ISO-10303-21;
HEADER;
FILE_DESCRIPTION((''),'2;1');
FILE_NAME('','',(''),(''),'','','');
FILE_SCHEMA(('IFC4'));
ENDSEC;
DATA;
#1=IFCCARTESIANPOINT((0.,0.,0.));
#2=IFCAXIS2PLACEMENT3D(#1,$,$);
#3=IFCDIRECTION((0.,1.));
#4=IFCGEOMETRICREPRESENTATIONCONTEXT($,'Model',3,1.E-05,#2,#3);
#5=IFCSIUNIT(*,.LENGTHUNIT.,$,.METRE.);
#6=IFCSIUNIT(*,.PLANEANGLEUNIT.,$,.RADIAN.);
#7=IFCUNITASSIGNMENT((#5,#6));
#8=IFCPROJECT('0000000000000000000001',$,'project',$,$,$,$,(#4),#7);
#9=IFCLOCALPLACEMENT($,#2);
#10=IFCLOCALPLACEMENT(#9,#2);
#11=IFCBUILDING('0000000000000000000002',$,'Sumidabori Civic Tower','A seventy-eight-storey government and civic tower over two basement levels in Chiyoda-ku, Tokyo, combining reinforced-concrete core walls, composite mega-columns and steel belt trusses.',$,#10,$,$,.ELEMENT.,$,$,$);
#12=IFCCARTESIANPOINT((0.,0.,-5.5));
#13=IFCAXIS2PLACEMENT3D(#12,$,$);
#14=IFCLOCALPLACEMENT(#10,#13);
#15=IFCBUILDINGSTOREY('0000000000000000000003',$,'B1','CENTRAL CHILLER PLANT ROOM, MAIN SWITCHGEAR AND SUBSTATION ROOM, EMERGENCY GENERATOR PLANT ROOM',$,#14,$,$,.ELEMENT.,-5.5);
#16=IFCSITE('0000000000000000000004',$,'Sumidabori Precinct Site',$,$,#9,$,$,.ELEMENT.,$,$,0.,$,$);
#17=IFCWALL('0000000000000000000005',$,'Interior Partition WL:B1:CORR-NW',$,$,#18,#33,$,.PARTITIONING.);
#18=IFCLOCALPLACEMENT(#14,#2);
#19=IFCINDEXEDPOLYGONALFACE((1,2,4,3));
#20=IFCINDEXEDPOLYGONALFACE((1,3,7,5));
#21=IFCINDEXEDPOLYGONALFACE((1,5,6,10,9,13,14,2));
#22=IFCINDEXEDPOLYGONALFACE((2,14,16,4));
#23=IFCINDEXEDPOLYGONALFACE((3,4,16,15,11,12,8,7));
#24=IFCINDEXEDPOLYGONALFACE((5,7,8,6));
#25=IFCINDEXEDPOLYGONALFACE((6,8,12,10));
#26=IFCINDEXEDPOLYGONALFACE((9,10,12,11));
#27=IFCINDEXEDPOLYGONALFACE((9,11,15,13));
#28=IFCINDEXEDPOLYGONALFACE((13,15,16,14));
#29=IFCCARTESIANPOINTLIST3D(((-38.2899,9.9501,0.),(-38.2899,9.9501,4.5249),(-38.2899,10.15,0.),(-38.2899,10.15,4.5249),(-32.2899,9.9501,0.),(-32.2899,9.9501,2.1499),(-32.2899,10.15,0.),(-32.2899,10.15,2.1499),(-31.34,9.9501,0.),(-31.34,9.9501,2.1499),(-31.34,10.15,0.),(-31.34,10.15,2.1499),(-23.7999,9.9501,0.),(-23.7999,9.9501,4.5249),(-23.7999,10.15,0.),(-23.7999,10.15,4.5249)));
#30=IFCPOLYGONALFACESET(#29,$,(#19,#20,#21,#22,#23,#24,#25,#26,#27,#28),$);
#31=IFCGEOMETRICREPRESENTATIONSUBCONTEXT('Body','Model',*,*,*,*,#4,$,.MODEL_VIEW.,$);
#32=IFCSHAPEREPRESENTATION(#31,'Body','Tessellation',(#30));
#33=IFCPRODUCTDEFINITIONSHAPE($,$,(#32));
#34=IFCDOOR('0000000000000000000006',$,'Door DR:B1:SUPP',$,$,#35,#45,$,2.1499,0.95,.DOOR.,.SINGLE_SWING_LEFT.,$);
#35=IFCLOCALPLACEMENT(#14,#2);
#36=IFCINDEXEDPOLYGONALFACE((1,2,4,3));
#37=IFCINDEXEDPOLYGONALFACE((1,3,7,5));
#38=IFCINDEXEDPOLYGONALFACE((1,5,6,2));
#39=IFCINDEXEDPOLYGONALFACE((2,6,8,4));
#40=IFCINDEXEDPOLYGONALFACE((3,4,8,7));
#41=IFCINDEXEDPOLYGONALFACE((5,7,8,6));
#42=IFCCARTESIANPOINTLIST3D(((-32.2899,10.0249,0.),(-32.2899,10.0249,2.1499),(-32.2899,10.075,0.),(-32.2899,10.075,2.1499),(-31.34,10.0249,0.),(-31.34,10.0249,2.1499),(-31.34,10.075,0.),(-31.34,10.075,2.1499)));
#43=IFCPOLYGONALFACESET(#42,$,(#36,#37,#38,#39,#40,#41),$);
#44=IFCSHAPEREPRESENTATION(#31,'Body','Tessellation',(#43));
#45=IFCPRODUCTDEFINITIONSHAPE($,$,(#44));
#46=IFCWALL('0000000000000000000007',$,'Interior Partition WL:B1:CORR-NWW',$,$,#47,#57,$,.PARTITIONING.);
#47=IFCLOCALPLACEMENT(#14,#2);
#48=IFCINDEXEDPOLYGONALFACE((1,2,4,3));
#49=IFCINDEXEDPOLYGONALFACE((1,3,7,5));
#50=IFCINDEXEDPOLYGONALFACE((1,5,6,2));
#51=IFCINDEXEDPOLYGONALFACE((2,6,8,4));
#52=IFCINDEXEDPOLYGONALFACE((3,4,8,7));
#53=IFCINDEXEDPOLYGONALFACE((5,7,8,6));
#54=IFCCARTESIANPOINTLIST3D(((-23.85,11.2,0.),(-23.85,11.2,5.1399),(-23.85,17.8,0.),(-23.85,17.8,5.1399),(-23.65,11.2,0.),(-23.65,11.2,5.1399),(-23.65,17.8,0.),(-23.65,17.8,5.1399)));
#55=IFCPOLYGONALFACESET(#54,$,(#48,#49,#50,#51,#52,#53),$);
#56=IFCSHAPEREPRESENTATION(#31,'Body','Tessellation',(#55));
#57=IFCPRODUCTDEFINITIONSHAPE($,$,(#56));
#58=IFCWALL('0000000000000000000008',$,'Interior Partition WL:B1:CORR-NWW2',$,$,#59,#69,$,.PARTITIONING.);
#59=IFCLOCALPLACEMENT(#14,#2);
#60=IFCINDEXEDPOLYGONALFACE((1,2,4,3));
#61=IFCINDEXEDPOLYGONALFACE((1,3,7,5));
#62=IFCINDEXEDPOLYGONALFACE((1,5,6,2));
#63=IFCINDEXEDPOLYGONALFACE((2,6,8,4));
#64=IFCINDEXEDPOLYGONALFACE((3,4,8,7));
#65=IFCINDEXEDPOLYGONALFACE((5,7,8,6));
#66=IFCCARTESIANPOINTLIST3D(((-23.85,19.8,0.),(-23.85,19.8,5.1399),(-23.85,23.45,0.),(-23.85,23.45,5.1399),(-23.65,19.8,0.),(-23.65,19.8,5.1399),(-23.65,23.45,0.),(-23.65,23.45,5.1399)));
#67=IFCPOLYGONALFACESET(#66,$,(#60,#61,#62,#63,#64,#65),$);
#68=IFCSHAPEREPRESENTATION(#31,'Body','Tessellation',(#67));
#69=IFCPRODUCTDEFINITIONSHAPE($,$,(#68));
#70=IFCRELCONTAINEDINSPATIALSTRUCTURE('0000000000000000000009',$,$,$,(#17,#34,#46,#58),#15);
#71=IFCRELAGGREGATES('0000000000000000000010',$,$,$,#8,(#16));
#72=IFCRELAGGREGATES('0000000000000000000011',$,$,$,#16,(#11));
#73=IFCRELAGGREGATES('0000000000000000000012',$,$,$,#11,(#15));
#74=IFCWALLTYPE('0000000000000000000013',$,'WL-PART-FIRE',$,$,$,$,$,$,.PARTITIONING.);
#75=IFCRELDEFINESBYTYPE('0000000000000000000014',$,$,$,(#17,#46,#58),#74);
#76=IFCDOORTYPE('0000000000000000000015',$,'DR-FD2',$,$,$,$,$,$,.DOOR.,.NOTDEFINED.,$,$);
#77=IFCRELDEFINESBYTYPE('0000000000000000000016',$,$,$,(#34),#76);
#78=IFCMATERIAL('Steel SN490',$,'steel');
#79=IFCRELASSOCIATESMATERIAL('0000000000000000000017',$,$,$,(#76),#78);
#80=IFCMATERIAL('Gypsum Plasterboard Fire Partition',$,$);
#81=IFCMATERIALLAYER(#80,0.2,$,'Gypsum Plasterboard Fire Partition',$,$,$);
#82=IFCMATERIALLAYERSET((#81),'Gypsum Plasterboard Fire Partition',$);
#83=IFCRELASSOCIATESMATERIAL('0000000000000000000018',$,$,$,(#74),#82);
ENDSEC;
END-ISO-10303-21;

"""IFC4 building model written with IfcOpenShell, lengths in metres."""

from ifc_helpers import new_model, si_unit, direction, frame, frame_2d, origin, place, context, subcontext, project, spatial, rectangle, extrude, source, transform, mapped, material, layer, layer_set, type_object, element, fill, save


model = new_model("IFC4")

# Units and contexts
model_context = context("Model", 3, precision=1e-05, world=origin(), true_north=direction((0.0, 1.0)))
body_context = subcontext(model_context, "Body", "Model", "MODEL_VIEW")
ifc_project = project(units=[si_unit("LENGTHUNIT", "METRE"), si_unit("PLANEANGLEUNIT", "RADIAN")], contexts=[model_context])

# Site, building, storey
site_placement = place(None, origin())
site = spatial("IfcSite", under=ifc_project, at=site_placement, Name="Sumidabori Precinct Site", CompositionType="ELEMENT", RefElevation=0.0)
building_placement = place(site_placement, origin())
building = spatial("IfcBuilding", under=site, at=building_placement, Name="Sumidabori Civic Tower", Description="A seventy-eight-storey government and civic tower over two basement levels in Chiyoda-ku, Tokyo, combining reinforced-concrete core walls, composite mega-columns and steel belt trusses.", CompositionType="ELEMENT")
storey_placement = place(building_placement, frame((0.0, 0.0, -5.5)))
storey = spatial("IfcBuildingStorey", under=building, at=storey_placement, Name="B1", Description="CENTRAL CHILLER PLANT ROOM, MAIN SWITCHGEAR AND SUBSTATION ROOM, EMERGENCY GENERATOR PLANT ROOM", CompositionType="ELEMENT", Elevation=-5.5)

# Shared definitions
ifc_material_1 = material(Name="Steel SN490", Category="steel")

# Shared definitions
door_type_1 = type_object("IfcDoorType", Name="DR-FD2", OperationType="NOTDEFINED", PredefinedType="DOOR", material=ifc_material_1)
shared_shape_1 = source(origin(), body_context, "Body", "SweptSolid", [
    extrude(rectangle(XDim=0.95, YDim=2.1499, at=frame_2d((0.4751, 1.075))), frame((0.0, 0.0249, 0.0), z_axis=(0.0, -1.0, 0.0), x_axis=(1.0, 0.0, 0.0)), (0.0, 0.0, 1.0), 0.05),
])

# Wall, opening, door
ifc_material_2 = material(Name="Gypsum Plasterboard Fire Partition")
ifc_layer_1 = layer(ifc_material_2, 0.2, Name="Gypsum Plasterboard Fire Partition")
ifc_layer_set_1 = layer_set([ifc_layer_1], Name="Gypsum Plasterboard Fire Partition")
wall_type_1 = type_object("IfcWallType", Name="WL-PART-FIRE", PredefinedType="PARTITIONING", material=ifc_layer_set_1)
shared_shape_2 = source(origin(), body_context, "Body", "SweptSolid", [
    extrude(rectangle(XDim=14.49, YDim=0.2, at=frame_2d((7.2451, 0.0))), origin(), (0.0, 0.0, 1.0), 4.5249),
])
wall_1_placement = place(storey_placement, frame((-38.29, 10.05, 0.0), z_axis=(0.0, 0.0, 1.0), x_axis=(1.0, 0.0, 0.0)))
wall_1 = element("IfcWall", 1, at=wall_1_placement, inside=storey, type_object=wall_type_1, Name="Interior Partition WL:B1:CORR-NW", PredefinedType="PARTITIONING", context=body_context, shape_type="MappedRepresentation", body=[
    mapped(shared_shape_2, transform((0.0, 0.0, 0.0), x_axis=(1.0, 0.0, 0.0), y_axis=(0.0, 1.0, 0.0), z_axis=(0.0, 0.0, 1.0), scale=1.0)),
])
opening_1_placement = place(wall_1_placement, frame((6.0, 0.0, 0.0)))
opening_1 = element("IfcOpeningElement", 2, at=opening_1_placement, cuts=wall_1, PredefinedType="OPENING", context=body_context, shape_type="SweptSolid", body=[
    extrude(rectangle(XDim=0.95, YDim=2.1499, at=frame_2d((0.4751, 1.075))), frame((0.0, 0.1118, 0.0), z_axis=(0.0, -1.0, 0.0), x_axis=(1.0, 0.0, 0.0)), (0.0, 0.0, 1.0), 0.2239),
])
door_1_placement = place(opening_1_placement, origin())
door_1 = element("IfcDoor", 3, at=door_1_placement, inside=storey, type_object=door_type_1, Name="Door DR:B1:SUPP", OperationType="SINGLE_SWING_LEFT", OverallHeight=2.1499, OverallWidth=0.95, PredefinedType="DOOR", context=body_context, shape_type="MappedRepresentation", body=[
    mapped(shared_shape_1, transform((0.0, 0.0, 0.0), x_axis=(1.0, 0.0, 0.0), y_axis=(0.0, 1.0, 0.0), z_axis=(0.0, 0.0, 1.0), scale=1.0)),
])
fill(opening_1, door_1)

# Walls
shared_shape_3 = source(origin(), body_context, "Body", "SweptSolid", [
    extrude(rectangle(XDim=6.6001, YDim=0.2, at=frame_2d((3.3, 0.0))), origin(), (0.0, 0.0, 1.0), 5.1399),
])
wall_2_placement = place(storey_placement, frame((-23.75, 11.2, 0.0), z_axis=(0.0, 0.0, 1.0), x_axis=(0.0, 1.0, 0.0)))
element("IfcWall", 4, at=wall_2_placement, inside=storey, type_object=wall_type_1, Name="Interior Partition WL:B1:CORR-NWW", PredefinedType="PARTITIONING", context=body_context, shape_type="MappedRepresentation", body=[
    mapped(shared_shape_3, transform((0.0, 0.0, 0.0), x_axis=(1.0, 0.0, 0.0), y_axis=(0.0, 1.0, 0.0), z_axis=(0.0, 0.0, 1.0), scale=1.0)),
])
shared_shape_4 = source(origin(), body_context, "Body", "SweptSolid", [
    extrude(rectangle(XDim=3.6499, YDim=0.2, at=frame_2d((1.825, 0.0))), origin(), (0.0, 0.0, 1.0), 5.1399),
])
wall_3_placement = place(storey_placement, frame((-23.75, 19.8, 0.0), z_axis=(0.0, 0.0, 1.0), x_axis=(0.0, 1.0, 0.0)))
element("IfcWall", 5, at=wall_3_placement, inside=storey, type_object=wall_type_1, Name="Interior Partition WL:B1:CORR-NWW2", PredefinedType="PARTITIONING", context=body_context, shape_type="MappedRepresentation", body=[
    mapped(shared_shape_4, transform((0.0, 0.0, 0.0), x_axis=(1.0, 0.0, 0.0), y_axis=(0.0, 1.0, 0.0), z_axis=(0.0, 0.0, 1.0), scale=1.0)),
])

save(model, "model.ifc")
